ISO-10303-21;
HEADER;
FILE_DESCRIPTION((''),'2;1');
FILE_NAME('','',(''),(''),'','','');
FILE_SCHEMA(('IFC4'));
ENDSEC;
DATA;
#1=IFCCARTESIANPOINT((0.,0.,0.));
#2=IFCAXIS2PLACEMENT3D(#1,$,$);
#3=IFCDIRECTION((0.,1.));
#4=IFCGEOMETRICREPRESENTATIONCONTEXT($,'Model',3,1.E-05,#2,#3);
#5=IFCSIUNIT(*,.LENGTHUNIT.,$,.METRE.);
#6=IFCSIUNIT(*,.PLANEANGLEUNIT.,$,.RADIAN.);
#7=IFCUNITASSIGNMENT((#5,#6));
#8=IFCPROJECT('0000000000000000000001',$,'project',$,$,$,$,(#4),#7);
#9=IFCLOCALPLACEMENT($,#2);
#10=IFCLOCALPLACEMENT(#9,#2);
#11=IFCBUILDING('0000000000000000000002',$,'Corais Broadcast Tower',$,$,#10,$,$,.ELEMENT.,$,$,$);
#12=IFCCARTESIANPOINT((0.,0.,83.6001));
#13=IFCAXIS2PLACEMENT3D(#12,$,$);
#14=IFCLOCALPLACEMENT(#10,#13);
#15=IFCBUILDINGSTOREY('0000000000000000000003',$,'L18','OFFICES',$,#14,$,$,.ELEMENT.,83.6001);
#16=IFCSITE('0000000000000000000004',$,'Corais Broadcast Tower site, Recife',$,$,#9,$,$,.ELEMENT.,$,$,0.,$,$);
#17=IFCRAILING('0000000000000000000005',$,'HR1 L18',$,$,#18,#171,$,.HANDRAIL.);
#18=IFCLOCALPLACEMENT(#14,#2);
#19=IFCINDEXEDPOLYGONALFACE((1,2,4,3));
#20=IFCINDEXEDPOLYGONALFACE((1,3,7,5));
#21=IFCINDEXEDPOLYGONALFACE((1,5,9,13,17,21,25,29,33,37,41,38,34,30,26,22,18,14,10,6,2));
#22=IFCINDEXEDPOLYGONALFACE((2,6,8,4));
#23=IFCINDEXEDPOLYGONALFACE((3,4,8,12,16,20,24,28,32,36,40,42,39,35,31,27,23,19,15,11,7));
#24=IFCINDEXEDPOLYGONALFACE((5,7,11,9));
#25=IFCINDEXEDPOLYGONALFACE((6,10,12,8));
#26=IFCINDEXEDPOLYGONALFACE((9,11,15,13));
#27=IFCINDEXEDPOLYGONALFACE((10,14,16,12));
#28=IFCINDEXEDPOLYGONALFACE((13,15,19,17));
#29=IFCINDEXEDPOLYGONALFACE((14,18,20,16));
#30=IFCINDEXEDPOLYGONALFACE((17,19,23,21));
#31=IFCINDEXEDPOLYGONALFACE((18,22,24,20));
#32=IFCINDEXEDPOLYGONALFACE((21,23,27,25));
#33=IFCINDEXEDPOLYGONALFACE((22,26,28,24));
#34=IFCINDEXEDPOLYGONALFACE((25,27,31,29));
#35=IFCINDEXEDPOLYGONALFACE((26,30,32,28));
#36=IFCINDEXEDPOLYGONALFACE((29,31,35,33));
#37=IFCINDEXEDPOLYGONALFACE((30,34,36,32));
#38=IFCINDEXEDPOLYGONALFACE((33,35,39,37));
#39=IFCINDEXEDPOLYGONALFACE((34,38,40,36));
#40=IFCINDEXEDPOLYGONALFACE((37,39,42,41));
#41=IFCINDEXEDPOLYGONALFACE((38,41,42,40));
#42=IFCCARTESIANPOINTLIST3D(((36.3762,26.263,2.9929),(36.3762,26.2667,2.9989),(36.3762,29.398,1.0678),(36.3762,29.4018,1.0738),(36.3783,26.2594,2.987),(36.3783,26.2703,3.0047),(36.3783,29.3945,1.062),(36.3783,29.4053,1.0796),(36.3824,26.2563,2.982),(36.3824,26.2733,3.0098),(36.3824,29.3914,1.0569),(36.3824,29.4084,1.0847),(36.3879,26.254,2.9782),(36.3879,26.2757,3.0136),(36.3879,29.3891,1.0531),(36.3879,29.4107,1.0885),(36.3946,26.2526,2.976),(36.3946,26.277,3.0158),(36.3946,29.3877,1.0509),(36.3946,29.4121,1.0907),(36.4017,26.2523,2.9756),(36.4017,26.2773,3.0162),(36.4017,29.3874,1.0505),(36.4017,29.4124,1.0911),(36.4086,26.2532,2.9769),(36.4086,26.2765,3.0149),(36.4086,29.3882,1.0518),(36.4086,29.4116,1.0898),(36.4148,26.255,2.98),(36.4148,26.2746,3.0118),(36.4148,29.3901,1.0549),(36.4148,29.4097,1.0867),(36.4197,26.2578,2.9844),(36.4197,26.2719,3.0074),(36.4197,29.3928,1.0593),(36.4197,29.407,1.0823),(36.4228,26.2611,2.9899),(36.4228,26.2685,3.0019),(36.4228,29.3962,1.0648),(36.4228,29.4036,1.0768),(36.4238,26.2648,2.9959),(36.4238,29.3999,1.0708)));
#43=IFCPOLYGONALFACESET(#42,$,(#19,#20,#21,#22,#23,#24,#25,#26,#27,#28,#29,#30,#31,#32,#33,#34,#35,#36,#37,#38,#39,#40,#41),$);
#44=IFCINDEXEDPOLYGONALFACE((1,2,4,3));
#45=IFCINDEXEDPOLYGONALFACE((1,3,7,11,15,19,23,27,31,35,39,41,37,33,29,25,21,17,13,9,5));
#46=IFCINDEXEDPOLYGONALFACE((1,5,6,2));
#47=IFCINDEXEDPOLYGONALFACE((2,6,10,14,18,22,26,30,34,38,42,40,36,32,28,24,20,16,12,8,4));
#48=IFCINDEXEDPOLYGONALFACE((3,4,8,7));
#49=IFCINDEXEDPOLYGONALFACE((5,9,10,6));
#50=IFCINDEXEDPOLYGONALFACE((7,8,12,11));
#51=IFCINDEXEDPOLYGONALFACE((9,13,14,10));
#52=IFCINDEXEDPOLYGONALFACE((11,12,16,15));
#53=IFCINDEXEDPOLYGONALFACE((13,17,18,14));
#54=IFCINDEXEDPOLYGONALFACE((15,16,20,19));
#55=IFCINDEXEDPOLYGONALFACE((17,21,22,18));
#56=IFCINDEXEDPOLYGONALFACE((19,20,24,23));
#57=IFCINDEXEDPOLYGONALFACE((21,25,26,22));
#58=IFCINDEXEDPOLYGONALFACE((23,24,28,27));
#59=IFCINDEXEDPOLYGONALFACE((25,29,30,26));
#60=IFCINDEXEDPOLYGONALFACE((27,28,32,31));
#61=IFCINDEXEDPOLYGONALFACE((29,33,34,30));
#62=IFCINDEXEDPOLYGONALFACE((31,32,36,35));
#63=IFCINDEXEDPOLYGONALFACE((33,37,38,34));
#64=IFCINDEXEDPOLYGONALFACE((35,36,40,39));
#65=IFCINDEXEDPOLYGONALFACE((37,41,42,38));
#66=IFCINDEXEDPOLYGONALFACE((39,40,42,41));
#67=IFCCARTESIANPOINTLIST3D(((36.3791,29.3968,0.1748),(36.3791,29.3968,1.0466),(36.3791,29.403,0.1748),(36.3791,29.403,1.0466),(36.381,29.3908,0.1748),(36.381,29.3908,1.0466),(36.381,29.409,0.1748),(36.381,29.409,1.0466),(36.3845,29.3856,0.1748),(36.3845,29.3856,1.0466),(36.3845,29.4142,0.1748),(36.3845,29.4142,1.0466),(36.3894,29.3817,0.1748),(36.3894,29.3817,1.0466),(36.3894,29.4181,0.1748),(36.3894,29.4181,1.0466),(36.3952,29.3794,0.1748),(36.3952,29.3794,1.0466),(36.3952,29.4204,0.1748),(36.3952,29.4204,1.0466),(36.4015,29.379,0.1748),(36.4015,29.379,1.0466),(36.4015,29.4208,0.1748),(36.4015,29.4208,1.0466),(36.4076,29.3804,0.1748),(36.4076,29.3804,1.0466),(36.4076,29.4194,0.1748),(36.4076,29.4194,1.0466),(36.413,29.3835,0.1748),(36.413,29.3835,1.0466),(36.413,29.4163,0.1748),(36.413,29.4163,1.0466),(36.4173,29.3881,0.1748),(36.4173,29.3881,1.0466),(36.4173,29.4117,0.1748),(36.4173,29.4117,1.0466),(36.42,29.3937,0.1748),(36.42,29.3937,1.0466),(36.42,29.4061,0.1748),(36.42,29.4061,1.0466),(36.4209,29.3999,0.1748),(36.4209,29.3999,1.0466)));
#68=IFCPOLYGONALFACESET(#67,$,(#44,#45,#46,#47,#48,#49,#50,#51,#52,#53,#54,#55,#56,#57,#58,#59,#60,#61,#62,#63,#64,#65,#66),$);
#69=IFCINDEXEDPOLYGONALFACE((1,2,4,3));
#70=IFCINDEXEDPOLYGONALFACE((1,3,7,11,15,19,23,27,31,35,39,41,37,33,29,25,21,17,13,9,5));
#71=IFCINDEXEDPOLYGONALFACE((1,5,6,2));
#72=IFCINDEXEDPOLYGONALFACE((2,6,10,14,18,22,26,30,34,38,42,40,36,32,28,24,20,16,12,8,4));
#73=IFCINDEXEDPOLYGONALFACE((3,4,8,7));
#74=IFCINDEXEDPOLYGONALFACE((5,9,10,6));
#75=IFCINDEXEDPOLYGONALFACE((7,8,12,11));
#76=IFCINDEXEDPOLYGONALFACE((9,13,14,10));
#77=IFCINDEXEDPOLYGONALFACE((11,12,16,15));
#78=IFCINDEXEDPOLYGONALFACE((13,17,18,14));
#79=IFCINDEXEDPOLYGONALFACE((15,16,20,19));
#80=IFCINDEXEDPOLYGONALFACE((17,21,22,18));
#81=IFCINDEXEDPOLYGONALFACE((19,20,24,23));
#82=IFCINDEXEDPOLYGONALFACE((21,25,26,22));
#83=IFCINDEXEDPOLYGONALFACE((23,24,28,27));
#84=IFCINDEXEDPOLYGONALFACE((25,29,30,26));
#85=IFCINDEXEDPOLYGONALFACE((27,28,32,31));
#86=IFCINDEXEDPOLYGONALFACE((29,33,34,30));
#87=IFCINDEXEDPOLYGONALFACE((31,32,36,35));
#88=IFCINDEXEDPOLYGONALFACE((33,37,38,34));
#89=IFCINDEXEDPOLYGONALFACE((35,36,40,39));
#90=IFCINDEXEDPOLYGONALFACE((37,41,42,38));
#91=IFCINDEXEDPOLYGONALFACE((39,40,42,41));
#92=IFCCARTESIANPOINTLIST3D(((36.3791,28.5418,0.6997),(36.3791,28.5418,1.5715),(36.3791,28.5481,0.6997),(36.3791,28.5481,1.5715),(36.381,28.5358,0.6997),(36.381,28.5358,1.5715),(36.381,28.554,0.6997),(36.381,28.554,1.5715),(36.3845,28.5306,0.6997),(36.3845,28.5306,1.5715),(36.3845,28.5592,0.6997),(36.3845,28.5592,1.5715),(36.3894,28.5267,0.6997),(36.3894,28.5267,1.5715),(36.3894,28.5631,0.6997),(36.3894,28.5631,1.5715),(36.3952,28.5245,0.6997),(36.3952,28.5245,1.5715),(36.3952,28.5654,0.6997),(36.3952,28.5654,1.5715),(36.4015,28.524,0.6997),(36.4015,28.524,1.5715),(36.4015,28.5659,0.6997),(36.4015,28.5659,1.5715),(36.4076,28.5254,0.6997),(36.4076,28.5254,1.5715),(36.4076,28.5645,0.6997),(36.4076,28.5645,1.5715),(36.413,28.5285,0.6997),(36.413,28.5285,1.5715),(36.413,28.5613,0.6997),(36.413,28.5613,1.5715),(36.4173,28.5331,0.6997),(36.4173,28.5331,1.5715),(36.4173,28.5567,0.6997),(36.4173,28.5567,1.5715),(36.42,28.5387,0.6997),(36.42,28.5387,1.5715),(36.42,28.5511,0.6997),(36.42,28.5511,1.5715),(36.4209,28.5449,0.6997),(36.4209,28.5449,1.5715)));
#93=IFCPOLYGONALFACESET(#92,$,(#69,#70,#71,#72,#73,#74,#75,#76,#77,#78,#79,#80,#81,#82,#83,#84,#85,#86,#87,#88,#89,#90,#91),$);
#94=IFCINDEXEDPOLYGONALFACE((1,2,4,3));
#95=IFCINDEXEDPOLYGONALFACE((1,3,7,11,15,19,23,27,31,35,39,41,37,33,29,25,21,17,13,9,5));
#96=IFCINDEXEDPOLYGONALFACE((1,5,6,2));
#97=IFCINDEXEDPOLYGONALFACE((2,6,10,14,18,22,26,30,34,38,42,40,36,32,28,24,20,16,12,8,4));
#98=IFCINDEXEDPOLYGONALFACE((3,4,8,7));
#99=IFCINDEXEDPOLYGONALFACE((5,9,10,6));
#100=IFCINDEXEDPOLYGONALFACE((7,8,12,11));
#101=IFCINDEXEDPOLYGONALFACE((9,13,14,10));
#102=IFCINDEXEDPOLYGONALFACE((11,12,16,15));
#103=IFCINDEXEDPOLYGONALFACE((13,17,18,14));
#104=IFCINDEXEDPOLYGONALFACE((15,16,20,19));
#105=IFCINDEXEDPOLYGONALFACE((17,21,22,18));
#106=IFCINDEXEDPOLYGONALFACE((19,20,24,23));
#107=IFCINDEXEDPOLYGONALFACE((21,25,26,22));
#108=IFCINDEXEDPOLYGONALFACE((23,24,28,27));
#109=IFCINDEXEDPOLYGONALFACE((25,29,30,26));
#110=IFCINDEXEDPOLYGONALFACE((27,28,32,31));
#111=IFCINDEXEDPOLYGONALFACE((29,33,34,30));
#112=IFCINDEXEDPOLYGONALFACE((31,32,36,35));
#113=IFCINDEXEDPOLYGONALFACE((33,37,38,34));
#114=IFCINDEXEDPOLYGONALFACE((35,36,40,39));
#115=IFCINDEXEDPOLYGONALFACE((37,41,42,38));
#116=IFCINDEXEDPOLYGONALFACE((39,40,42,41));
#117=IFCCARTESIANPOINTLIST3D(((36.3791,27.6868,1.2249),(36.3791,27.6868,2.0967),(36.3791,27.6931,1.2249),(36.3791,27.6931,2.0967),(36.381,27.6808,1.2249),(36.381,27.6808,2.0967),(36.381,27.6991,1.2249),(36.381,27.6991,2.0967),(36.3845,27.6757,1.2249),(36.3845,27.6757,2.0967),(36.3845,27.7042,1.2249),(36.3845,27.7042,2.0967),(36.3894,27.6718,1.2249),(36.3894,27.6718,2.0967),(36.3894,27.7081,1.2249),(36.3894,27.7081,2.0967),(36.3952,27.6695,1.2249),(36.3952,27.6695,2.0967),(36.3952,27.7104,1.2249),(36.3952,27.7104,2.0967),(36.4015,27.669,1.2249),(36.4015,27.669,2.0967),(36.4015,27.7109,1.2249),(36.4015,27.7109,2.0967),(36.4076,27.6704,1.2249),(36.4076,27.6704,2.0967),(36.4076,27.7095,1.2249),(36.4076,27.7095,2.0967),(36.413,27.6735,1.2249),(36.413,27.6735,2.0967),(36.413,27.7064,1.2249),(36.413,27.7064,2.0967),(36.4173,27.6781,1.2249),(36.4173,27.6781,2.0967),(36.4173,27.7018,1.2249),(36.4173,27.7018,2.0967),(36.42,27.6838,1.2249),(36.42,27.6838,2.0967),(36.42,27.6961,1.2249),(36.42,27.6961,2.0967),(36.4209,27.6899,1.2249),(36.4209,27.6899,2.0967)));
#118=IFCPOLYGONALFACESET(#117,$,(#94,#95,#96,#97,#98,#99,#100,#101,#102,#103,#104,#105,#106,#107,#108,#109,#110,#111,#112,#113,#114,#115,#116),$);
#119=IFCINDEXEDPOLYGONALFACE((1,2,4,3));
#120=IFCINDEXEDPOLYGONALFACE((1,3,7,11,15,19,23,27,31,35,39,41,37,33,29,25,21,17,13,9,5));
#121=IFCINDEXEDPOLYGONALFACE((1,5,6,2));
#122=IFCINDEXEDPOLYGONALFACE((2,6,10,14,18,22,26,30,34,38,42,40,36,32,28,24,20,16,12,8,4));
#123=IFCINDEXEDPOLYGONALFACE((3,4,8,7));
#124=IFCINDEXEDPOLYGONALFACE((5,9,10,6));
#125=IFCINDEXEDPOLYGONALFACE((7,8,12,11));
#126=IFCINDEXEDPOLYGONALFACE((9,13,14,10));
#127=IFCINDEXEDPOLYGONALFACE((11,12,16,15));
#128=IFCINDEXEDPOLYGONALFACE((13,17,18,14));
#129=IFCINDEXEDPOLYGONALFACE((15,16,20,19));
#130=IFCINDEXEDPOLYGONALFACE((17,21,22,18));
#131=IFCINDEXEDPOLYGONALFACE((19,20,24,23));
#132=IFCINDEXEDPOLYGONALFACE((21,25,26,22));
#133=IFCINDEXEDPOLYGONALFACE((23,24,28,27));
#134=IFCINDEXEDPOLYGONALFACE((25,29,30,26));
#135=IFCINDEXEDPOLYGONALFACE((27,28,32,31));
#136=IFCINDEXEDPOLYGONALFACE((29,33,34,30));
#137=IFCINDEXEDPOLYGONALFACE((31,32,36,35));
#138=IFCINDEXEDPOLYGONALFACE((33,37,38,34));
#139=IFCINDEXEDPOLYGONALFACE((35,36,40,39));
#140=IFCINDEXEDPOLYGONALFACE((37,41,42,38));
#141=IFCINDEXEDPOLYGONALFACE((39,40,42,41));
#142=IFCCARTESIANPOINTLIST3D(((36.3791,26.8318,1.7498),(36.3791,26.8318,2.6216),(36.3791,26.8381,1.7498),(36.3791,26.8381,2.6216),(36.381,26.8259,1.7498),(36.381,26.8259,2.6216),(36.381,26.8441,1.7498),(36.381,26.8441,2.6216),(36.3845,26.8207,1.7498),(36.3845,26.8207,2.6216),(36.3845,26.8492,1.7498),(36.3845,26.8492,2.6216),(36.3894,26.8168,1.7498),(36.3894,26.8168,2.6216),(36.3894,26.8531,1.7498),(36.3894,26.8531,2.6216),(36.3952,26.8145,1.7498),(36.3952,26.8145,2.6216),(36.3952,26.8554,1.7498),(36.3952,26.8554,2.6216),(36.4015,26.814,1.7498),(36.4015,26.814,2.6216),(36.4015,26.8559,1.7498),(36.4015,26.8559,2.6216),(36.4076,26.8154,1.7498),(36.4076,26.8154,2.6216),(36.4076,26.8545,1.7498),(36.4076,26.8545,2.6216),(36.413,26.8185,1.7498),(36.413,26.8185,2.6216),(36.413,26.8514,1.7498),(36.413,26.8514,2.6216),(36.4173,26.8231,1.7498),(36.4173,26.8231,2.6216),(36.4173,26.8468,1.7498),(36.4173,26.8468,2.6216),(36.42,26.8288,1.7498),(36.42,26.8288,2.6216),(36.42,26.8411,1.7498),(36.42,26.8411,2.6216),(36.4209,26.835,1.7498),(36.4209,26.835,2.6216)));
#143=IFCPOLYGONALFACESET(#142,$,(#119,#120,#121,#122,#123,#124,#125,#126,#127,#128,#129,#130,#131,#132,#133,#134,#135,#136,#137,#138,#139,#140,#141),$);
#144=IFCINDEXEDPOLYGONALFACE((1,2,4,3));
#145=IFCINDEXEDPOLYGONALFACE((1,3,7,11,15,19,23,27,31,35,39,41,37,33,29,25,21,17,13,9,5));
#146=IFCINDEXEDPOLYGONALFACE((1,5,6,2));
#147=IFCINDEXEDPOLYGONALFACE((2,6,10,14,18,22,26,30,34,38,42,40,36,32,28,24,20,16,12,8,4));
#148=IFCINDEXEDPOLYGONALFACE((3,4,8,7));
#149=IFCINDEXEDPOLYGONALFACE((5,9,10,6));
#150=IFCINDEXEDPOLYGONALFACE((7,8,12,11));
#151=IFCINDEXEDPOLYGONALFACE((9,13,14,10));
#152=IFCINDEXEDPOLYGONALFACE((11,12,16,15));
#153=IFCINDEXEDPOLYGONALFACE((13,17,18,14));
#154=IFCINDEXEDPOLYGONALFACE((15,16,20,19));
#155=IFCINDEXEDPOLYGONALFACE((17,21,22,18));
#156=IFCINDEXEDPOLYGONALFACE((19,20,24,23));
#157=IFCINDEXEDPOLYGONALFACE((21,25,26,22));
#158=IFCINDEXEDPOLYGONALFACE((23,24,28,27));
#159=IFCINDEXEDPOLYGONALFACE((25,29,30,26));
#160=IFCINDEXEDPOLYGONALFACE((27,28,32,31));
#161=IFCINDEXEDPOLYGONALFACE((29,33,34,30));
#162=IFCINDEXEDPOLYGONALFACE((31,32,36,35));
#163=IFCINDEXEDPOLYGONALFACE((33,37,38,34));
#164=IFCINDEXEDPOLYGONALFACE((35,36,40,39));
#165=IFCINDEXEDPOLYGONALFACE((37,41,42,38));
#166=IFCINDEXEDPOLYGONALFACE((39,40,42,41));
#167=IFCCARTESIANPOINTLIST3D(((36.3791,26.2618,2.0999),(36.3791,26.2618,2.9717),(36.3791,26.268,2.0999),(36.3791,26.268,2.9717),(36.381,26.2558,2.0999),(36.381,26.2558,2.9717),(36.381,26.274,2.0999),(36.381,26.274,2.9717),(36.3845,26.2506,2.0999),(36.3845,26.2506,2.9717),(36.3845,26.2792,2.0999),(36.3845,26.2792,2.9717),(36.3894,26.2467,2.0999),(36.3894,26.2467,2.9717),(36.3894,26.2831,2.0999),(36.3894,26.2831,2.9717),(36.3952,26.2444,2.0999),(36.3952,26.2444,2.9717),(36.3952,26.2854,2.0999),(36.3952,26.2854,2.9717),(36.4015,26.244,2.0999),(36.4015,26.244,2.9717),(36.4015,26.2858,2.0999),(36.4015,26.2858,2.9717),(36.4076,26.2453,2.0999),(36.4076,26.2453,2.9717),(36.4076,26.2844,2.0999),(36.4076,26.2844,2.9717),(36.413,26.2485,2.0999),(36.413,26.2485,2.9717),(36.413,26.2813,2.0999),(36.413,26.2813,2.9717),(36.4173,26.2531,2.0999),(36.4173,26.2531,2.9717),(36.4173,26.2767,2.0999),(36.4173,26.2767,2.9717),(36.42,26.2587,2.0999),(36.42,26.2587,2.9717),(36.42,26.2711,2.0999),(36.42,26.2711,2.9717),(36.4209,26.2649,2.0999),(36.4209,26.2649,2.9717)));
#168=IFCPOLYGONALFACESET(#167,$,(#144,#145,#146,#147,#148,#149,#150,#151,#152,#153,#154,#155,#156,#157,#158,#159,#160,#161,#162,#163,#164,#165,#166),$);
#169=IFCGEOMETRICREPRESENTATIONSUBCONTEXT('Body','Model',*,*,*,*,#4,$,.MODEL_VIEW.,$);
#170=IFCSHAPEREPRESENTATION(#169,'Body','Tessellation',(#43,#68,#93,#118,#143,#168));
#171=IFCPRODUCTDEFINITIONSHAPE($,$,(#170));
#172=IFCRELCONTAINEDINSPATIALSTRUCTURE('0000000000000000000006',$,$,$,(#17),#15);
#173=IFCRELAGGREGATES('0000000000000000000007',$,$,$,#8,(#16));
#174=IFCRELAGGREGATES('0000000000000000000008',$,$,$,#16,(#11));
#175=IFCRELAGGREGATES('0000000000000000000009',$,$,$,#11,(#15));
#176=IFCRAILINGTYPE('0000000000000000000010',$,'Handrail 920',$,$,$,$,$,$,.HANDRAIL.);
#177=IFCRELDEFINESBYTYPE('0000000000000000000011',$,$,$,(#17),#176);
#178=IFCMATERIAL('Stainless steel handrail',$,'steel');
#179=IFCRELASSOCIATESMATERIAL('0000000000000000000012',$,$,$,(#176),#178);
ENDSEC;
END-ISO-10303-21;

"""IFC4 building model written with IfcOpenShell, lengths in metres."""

from ifc_helpers import new_model, si_unit, direction, frame, origin, origin_2d, place, context, subcontext, project, spatial, circle, extrude, material, type_object, element, save


model = new_model("IFC4")

# Units and contexts
model_context = context("Model", 3, precision=1e-05, world=origin(), true_north=direction((0.0, 1.0)))
body_context = subcontext(model_context, "Body", "Model", "MODEL_VIEW")
ifc_project = project(units=[si_unit("LENGTHUNIT", "METRE"), si_unit("PLANEANGLEUNIT", "RADIAN")], contexts=[model_context])

# Site, building, storey
site_placement = place(None, origin())
site = spatial("IfcSite", under=ifc_project, at=site_placement, Name="Corais Broadcast Tower site, Recife", CompositionType="ELEMENT", RefElevation=0.0)
building_placement = place(site_placement, origin())
building = spatial("IfcBuilding", under=site, at=building_placement, Name="Corais Broadcast Tower", CompositionType="ELEMENT")
storey_placement = place(building_placement, frame((0.0, 0.0, 83.6001)))
storey = spatial("IfcBuildingStorey", under=building, at=storey_placement, Name="L18", Description="OFFICES", CompositionType="ELEMENT", Elevation=83.6001)

# Railing
ifc_material_1 = material(Name="Stainless steel handrail", Category="steel")
railing_type = type_object("IfcRailingType", Name="Handrail 920", PredefinedType="HANDRAIL", material=ifc_material_1)
for number, where, name in (
    (1, (36.3999, 29.3999, 0.1748), "HR1 L18"),
):
    element("IfcRailing", number, at=place(storey_placement, frame(where)), inside=storey, type_object=railing_type, Name=name, PredefinedType="HANDRAIL", context=body_context, shape_type="SweptSolid", body=[
        extrude(circle(Radius=0.0239, at=origin_2d()), frame((0.0, 0.0, 0.896), z_axis=(0.0, -0.852166, 0.523271), x_axis=(1.0, 0.0, 0.0)), (0.0, 0.0, 1.0), 3.679),
        extrude(circle(Radius=0.021, at=origin_2d()), origin(), (0.0, 0.0, 1.0), 0.8718),
        extrude(circle(Radius=0.021, at=origin_2d()), frame((0.0, -0.855, 0.5249)), (0.0, 0.0, 1.0), 0.8718),
        extrude(circle(Radius=0.021, at=origin_2d()), frame((0.0, -1.71, 1.05)), (0.0, 0.0, 1.0), 0.8718),
        extrude(circle(Radius=0.021, at=origin_2d()), frame((0.0, -2.5649, 1.575)), (0.0, 0.0, 1.0), 0.8718),
        extrude(circle(Radius=0.021, at=origin_2d()), frame((0.0, -3.135, 1.925)), (0.0, 0.0, 1.0), 0.8718),
    ])

save(model, "model.ifc")
